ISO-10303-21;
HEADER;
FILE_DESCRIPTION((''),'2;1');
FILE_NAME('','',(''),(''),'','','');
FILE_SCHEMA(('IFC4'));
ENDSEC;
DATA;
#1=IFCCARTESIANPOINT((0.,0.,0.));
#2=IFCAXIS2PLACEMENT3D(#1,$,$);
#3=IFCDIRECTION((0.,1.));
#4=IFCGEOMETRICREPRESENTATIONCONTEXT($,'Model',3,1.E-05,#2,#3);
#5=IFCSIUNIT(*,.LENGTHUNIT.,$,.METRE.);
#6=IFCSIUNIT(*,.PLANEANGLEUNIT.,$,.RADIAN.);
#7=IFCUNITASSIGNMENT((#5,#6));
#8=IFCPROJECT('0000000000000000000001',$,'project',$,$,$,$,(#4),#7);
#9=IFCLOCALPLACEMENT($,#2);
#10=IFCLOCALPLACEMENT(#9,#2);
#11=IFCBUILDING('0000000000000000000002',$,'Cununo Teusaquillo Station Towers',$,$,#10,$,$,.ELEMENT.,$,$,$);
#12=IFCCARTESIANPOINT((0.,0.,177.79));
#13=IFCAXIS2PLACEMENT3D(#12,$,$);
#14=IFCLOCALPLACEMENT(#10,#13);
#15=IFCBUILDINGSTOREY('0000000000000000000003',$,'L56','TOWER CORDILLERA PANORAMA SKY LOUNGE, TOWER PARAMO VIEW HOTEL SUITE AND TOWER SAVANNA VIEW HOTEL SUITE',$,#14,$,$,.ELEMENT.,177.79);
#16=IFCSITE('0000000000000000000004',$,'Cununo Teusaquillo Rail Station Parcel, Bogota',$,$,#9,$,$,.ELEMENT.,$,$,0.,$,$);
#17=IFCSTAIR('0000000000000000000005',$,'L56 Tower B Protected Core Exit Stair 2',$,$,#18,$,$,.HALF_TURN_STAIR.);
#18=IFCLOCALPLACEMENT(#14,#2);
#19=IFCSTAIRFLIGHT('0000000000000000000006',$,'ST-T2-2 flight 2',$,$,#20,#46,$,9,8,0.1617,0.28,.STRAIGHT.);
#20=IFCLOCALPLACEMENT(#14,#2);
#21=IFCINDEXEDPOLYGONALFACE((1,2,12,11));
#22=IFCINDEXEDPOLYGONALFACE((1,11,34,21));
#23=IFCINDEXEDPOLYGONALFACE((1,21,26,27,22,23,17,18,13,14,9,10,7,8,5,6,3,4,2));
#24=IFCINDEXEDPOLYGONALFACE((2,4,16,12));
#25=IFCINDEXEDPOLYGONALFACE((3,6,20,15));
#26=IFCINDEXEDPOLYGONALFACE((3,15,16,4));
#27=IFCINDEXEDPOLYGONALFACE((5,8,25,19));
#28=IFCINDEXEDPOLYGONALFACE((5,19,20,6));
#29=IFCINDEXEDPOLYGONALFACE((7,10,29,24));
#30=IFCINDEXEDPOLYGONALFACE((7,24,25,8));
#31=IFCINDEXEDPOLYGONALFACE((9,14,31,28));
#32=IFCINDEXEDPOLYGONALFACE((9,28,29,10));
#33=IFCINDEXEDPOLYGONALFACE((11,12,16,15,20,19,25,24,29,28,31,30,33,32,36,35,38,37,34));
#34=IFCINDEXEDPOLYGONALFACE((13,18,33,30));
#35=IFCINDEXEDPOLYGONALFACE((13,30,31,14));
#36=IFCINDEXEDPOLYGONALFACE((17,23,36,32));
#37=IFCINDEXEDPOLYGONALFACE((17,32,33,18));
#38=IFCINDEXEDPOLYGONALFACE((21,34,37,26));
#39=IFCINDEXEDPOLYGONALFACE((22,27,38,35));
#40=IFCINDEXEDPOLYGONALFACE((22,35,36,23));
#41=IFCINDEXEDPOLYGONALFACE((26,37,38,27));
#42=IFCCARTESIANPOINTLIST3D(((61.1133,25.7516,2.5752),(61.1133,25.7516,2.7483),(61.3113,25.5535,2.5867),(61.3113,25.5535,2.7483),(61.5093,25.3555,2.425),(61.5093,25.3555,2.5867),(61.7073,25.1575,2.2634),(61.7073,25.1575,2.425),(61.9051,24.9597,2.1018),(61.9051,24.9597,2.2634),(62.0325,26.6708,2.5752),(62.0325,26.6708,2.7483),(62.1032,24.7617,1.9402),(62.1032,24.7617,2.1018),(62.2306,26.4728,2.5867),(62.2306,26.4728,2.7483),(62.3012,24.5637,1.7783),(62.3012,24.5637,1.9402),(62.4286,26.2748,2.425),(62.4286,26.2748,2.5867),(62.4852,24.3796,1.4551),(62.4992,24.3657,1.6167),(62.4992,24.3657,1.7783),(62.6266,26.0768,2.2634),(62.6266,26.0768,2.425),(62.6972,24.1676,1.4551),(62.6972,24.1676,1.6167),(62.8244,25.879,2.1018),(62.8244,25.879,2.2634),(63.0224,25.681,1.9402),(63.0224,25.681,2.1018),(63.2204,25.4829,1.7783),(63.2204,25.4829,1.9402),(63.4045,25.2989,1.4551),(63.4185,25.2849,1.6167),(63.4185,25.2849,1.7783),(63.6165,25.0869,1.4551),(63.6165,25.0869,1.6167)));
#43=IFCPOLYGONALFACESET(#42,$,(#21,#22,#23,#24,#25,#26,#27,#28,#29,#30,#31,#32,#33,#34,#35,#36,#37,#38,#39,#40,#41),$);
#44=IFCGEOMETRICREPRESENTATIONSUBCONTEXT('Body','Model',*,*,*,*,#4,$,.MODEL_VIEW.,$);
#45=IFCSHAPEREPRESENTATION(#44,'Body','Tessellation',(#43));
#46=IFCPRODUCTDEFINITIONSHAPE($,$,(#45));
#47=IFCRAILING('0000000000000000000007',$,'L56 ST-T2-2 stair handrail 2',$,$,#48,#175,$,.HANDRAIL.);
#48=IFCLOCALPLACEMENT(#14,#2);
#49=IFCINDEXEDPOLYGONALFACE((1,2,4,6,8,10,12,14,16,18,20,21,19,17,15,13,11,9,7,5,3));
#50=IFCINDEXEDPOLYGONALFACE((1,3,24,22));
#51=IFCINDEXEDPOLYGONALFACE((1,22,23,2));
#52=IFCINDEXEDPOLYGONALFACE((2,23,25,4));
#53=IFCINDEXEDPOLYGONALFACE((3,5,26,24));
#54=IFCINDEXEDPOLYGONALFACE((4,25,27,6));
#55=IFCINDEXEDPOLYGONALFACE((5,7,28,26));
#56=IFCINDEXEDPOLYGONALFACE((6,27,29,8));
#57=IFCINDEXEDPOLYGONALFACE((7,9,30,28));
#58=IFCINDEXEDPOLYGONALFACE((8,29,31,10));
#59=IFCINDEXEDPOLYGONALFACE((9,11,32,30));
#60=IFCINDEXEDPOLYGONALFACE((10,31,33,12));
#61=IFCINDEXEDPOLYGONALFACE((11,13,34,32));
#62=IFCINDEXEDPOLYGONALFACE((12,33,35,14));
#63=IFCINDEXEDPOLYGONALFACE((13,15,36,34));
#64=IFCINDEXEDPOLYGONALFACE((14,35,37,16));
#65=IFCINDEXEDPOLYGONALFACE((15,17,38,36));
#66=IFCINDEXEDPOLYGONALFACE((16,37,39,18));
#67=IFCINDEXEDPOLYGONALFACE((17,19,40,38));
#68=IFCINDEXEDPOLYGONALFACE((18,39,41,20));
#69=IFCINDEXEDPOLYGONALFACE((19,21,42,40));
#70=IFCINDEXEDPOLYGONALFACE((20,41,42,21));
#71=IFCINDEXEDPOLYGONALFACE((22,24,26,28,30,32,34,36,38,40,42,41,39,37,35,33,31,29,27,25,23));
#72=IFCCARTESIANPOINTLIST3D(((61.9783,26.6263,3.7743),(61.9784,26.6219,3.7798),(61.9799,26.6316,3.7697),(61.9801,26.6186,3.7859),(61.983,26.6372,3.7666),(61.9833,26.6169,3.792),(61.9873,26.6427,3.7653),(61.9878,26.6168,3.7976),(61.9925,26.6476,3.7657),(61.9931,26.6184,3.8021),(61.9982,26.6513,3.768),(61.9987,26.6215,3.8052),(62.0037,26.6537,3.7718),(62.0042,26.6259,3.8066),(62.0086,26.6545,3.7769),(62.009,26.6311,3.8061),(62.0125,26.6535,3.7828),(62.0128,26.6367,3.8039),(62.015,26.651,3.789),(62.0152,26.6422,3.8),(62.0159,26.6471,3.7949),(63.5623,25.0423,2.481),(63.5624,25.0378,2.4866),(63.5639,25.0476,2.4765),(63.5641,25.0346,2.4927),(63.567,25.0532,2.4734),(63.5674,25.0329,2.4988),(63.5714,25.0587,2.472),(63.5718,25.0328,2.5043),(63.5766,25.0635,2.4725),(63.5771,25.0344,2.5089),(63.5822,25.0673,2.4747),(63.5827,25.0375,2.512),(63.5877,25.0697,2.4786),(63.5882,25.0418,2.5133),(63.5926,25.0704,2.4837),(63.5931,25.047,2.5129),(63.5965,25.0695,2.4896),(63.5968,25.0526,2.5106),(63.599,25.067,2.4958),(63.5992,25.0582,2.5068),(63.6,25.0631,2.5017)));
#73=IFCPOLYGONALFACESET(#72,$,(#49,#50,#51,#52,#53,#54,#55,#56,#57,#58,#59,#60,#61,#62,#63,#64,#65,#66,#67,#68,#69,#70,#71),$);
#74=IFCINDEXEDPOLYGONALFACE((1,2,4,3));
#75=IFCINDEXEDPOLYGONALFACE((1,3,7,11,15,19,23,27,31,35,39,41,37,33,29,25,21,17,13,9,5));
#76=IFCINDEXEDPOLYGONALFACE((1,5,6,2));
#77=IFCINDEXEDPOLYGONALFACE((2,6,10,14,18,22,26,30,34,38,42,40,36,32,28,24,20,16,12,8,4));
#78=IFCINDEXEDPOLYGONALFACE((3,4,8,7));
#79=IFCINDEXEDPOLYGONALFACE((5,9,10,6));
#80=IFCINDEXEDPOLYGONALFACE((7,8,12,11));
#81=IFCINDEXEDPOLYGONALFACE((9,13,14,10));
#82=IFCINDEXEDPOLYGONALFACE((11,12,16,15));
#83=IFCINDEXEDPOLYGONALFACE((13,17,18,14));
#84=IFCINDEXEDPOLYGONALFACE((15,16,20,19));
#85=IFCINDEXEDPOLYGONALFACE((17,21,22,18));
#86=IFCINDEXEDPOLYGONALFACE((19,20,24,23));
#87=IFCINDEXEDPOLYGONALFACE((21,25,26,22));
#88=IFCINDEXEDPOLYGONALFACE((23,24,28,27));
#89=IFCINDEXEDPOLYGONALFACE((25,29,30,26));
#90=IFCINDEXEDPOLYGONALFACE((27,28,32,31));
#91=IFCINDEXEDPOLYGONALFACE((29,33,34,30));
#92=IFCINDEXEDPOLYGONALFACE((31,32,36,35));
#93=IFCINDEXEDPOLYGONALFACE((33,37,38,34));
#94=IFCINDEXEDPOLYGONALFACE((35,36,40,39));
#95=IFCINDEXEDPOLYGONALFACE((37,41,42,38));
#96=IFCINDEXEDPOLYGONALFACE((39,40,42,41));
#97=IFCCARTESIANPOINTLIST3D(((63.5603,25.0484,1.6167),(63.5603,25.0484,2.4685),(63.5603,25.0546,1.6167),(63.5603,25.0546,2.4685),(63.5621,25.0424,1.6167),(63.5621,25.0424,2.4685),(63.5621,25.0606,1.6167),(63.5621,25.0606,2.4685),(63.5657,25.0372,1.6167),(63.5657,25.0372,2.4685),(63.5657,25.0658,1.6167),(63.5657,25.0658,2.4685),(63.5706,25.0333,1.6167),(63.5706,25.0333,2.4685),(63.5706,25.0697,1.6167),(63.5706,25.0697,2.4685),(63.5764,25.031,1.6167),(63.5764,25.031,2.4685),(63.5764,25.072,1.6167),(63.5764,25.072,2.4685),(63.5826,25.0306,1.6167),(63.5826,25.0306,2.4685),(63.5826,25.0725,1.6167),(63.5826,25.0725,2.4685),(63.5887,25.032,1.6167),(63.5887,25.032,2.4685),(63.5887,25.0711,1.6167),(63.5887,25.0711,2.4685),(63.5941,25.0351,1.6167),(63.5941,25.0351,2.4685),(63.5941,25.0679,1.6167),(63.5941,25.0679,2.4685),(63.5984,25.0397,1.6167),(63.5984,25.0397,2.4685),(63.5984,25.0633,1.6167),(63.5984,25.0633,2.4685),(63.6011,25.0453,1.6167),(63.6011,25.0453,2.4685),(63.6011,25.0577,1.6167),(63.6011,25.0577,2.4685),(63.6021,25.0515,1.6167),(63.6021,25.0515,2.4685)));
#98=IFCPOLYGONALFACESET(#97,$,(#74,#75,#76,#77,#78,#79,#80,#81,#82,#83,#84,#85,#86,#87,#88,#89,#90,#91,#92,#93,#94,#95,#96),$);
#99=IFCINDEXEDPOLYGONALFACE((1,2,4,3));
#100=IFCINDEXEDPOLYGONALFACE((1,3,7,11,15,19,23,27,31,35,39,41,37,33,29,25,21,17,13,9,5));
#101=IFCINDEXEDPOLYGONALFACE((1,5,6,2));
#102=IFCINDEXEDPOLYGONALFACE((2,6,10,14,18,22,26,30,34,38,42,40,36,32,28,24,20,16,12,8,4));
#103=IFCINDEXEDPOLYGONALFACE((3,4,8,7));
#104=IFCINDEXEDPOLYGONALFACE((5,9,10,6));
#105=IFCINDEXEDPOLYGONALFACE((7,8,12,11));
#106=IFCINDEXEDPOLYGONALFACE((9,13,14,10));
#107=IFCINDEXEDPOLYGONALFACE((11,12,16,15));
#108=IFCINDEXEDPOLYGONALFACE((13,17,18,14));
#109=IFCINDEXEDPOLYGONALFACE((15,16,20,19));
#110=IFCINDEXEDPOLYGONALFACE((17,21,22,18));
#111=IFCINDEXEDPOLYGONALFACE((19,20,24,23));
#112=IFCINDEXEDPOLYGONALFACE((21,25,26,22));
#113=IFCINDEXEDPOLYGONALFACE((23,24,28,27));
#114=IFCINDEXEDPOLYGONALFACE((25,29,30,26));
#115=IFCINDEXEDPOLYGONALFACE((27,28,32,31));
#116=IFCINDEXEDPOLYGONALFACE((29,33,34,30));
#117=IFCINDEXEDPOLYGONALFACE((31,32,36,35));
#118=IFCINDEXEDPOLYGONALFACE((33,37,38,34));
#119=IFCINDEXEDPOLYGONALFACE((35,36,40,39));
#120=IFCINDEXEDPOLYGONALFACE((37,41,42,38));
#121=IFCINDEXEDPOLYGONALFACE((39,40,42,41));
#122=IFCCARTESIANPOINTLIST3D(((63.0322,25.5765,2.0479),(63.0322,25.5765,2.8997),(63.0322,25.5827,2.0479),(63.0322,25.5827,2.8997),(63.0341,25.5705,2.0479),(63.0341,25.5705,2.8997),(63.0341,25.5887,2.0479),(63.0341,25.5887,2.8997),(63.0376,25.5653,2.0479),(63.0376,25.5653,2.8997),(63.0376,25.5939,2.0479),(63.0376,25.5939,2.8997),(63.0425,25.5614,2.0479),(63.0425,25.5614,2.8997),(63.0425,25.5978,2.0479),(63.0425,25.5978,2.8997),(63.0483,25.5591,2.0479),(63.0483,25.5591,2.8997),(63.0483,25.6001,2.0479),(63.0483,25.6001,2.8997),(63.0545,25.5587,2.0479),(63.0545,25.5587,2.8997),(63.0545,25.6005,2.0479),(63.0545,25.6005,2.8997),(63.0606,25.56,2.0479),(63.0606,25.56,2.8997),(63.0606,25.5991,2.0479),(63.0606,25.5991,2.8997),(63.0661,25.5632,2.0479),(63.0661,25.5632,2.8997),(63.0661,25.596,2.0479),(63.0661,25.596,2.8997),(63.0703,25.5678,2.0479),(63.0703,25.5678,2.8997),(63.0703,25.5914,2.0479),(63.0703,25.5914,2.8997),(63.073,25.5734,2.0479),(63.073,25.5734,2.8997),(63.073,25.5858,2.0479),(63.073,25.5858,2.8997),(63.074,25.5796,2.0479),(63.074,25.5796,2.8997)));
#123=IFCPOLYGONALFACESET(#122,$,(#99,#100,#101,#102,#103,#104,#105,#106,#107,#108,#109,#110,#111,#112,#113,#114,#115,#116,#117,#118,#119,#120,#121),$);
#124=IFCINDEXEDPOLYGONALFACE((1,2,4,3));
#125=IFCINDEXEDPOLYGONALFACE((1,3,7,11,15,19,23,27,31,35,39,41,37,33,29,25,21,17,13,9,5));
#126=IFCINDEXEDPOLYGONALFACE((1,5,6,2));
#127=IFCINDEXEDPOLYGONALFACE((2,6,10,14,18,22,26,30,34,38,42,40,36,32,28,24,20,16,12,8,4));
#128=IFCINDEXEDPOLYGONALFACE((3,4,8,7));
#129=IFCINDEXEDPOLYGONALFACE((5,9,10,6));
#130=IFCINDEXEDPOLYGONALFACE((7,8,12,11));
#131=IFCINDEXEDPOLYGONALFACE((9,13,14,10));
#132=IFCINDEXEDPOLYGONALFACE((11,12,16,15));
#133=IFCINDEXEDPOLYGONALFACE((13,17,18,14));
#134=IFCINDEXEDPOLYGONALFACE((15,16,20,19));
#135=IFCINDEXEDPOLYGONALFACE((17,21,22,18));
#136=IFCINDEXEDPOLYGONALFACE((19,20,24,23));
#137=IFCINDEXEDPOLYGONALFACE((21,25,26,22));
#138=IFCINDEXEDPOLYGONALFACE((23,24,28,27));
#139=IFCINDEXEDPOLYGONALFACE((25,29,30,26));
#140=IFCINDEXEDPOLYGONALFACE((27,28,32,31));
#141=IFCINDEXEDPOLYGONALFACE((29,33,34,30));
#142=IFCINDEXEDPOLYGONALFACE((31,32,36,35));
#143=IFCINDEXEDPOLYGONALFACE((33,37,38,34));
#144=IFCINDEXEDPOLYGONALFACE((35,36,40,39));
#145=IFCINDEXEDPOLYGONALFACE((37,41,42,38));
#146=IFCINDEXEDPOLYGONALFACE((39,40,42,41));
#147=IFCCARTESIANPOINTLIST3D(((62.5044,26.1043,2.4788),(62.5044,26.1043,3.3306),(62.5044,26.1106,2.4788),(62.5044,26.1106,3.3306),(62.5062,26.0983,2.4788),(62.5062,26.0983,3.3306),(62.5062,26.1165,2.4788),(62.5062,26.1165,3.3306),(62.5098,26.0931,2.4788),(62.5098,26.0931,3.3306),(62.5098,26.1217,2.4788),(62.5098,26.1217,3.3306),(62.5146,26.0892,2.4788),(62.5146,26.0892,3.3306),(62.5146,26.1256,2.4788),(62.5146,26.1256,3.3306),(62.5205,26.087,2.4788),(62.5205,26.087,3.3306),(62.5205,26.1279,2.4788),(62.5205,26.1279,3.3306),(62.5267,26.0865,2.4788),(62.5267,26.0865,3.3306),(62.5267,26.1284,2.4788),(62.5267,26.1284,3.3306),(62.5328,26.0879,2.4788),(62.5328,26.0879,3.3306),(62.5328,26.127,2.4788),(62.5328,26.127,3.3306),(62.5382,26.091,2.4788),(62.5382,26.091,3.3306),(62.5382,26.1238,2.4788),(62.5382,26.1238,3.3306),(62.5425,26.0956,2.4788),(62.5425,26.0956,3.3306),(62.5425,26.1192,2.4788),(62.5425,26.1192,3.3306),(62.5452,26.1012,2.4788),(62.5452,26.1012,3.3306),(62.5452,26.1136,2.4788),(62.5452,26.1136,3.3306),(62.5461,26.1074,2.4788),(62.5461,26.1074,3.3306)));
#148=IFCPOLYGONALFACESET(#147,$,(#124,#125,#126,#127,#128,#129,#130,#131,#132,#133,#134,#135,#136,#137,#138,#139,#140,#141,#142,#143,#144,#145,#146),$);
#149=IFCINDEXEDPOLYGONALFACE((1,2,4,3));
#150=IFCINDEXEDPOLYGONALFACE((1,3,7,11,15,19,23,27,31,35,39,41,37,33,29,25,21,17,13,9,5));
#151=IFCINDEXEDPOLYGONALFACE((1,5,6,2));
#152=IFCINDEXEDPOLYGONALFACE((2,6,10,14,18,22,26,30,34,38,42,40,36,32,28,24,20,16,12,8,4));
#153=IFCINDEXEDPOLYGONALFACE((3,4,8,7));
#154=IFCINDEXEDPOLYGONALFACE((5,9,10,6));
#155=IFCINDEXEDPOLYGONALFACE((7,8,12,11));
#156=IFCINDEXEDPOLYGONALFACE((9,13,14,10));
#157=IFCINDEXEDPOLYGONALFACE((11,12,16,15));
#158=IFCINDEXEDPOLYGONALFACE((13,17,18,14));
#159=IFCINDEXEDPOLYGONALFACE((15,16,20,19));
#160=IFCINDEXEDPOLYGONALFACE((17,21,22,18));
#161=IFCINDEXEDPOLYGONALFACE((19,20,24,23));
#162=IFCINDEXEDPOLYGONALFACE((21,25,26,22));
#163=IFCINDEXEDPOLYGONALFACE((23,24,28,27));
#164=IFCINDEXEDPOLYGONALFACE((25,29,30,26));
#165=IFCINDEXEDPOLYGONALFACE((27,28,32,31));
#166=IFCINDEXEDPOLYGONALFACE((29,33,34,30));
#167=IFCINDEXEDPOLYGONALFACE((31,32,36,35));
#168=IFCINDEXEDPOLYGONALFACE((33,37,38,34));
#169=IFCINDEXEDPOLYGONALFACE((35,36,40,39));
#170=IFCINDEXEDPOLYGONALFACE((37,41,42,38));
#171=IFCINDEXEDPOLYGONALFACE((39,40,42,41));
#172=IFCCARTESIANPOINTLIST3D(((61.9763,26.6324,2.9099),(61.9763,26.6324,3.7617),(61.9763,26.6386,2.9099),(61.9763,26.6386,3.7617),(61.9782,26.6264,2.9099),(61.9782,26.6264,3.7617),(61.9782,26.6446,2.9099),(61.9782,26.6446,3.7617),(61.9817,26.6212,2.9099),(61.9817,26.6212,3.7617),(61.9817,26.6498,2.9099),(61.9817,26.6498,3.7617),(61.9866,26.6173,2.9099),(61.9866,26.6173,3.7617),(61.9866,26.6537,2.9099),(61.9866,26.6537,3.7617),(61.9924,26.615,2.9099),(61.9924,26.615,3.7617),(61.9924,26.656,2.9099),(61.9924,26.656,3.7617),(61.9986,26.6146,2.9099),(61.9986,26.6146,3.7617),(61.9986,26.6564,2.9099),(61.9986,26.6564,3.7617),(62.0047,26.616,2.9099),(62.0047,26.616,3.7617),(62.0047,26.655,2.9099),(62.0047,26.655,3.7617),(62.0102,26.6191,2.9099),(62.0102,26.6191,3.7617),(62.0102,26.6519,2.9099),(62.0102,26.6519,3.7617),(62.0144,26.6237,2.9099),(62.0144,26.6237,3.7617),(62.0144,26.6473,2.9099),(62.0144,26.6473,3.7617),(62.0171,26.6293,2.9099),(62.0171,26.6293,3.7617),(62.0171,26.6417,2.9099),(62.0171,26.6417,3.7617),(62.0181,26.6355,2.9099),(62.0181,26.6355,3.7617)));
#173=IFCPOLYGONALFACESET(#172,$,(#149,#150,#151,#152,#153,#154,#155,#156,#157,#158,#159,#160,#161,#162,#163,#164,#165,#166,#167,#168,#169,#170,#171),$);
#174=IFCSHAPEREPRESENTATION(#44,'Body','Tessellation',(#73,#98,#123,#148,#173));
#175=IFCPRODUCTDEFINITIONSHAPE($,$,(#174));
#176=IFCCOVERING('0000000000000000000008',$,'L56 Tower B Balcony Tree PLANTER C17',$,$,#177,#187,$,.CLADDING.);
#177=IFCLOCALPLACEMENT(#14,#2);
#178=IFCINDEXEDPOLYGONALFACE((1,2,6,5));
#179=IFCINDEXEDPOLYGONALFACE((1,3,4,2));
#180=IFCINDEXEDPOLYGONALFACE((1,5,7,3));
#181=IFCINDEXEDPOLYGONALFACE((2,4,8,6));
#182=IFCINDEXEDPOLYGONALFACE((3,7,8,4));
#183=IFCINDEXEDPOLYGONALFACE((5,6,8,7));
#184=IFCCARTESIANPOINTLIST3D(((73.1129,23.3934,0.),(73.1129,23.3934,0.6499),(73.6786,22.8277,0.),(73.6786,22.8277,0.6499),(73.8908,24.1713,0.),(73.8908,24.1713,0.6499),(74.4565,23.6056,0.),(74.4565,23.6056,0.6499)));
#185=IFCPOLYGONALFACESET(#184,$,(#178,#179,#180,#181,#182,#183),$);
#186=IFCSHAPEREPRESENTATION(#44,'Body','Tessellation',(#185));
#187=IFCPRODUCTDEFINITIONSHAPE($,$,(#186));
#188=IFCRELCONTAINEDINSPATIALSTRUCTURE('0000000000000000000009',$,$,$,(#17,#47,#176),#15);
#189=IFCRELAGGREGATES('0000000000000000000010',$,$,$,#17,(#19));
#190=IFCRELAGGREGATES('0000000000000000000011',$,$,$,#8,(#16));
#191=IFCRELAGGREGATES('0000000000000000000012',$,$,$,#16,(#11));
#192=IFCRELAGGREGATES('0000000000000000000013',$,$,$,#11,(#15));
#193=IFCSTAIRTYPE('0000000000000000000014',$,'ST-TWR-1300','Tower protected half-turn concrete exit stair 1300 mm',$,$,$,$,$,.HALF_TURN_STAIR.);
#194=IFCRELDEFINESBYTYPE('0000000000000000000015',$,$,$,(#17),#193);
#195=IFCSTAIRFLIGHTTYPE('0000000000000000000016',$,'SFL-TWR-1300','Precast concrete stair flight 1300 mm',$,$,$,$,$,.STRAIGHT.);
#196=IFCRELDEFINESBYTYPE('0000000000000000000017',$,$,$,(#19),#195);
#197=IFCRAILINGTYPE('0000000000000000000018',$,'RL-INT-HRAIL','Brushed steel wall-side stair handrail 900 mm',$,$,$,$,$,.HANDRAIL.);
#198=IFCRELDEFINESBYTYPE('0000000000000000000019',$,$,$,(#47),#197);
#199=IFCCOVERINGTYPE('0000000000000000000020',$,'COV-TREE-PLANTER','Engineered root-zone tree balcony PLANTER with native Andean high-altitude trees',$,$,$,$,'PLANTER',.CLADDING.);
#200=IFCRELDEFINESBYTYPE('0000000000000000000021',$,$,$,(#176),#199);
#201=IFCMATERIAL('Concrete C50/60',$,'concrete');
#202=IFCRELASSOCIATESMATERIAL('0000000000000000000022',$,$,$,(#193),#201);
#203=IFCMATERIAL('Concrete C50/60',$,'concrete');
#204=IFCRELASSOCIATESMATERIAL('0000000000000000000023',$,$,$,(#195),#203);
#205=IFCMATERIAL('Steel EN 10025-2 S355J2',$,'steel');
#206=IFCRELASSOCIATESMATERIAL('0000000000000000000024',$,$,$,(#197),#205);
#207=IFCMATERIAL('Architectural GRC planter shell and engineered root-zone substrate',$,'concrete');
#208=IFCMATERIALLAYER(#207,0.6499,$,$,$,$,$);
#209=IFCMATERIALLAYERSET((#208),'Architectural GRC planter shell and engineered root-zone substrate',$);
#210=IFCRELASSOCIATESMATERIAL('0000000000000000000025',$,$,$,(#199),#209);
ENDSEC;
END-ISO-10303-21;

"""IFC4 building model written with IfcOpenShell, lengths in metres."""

from ifc_helpers import new_model, si_unit, direction, frame, origin, origin_2d, place, context, subcontext, project, spatial, polyline, rectangle, circle, outline, extrude, source, transform, mapped, material, layer, layer_set, type_object, element, aggregate, save


model = new_model("IFC4")

# Units and contexts
model_context = context("Model", 3, precision=1e-05, world=origin(), true_north=direction((0.0, 1.0)))
body_context = subcontext(model_context, "Body", "Model", "MODEL_VIEW")
ifc_project = project(units=[si_unit("LENGTHUNIT", "METRE"), si_unit("PLANEANGLEUNIT", "RADIAN")], contexts=[model_context])

# Site, building, storey
site_placement = place(None, origin())
site = spatial("IfcSite", under=ifc_project, at=site_placement, Name="Cununo Teusaquillo Rail Station Parcel, Bogota", CompositionType="ELEMENT", RefElevation=0.0)
building_placement = place(site_placement, origin())
building = spatial("IfcBuilding", under=site, at=building_placement, Name="Cununo Teusaquillo Station Towers", CompositionType="ELEMENT")
storey_placement = place(building_placement, frame((0.0, 0.0, 177.79)))
storey = spatial("IfcBuildingStorey", under=building, at=storey_placement, Name="L56", Description="TOWER CORDILLERA PANORAMA SKY LOUNGE, TOWER PARAMO VIEW HOTEL SUITE AND TOWER SAVANNA VIEW HOTEL SUITE", CompositionType="ELEMENT", Elevation=177.79)

# Stair, stair flight
ifc_material_1 = material(Name="Concrete C50/60", Category="concrete")
stair_type = type_object("IfcStairType", Name="ST-TWR-1300", Description="Tower protected half-turn concrete exit stair 1300 mm", PredefinedType="HALF_TURN_STAIR", material=ifc_material_1)
stair_placement = place(storey_placement, origin())
stair = element("IfcStair", 1, at=stair_placement, inside=storey, type_object=stair_type, Name="L56 Tower B Protected Core Exit Stair 2", PredefinedType="HALF_TURN_STAIR")
ifc_material_2 = material(Name="Concrete C50/60", Category="concrete")
stair_flight_type = type_object("IfcStairFlightType", Name="SFL-TWR-1300", Description="Precast concrete stair flight 1300 mm", PredefinedType="STRAIGHT", material=ifc_material_2)
stair_flight_placement = place(storey_placement, frame((63.1567, 24.6272, 1.4551), z_axis=(0.0, 0.0, 1.0), x_axis=(-0.707107, 0.707107, 0.0)))
stair_flight = element("IfcStairFlight", 2, at=stair_flight_placement, type_object=stair_flight_type, Name="ST-T2-2 flight 2", NumberOfRisers=9, NumberOfTreads=8, PredefinedType="STRAIGHT", RiserHeight=0.1617, TreadLength=0.28, context=body_context, shape_type="SweptSolid", body=[
    extrude(outline(polyline([(0.0, 0.0), (0.0, 0.1616), (0.28, 0.1616), (0.28, 0.3232), (0.5601, 0.3232), (0.5601, 0.4851), (0.8401, 0.4851), (0.8401, 0.6467), (1.1201, 0.6467), (1.1201, 0.8083), (1.3999, 0.8083), (1.3999, 0.97), (1.6799, 0.97), (1.6799, 1.1316), (1.96, 1.1316), (1.96, 1.2932), (2.24, 1.2932), (2.24, 1.4551), (2.24, 1.1201), (0.2998, 0.0), (0.0, 0.0)])), frame((0.0, 0.6499, 0.0), z_axis=(0.0, -1.0, 0.0), x_axis=(1.0, 0.0, 0.0)), (0.0, 0.0, 1.0), 1.3),
])
aggregate(stair, [stair_flight])

# Railing
ifc_material_3 = material(Name="Steel EN 10025-2 S355J2", Category="steel")
railing_type_1 = type_object("IfcRailingType", Name="RL-INT-HRAIL", Description="Brushed steel wall-side stair handrail 900 mm", PredefinedType="HANDRAIL", material=ifc_material_3)
railing_1_placement = place(storey_placement, frame((63.5811, 25.0515, 1.6167)))
element("IfcRailing", 3, at=railing_1_placement, inside=storey, type_object=railing_type_1, Name="L56 ST-T2-2 stair handrail 2", PredefinedType="HANDRAIL", context=body_context, shape_type="SweptSolid", body=[
    extrude(circle(Radius=0.0239, at=origin_2d()), frame((0.0, 0.0, 0.876), z_axis=(-0.612385, 0.612385, 0.49997), x_axis=(-0.707107, -0.707107, 0.0)), (0.0, 0.0, 1.0), 2.5867),
    extrude(circle(Radius=0.021, at=origin_2d()), origin(), (0.0, 0.0, 1.0), 0.8518),
    extrude(circle(Radius=0.021, at=origin_2d()), frame((-0.5281, 0.5281, 0.4312)), (0.0, 0.0, 1.0), 0.8518),
    extrude(circle(Radius=0.021, at=origin_2d()), frame((-1.0559, 1.0559, 0.8621)), (0.0, 0.0, 1.0), 0.8518),
    extrude(circle(Radius=0.021, at=origin_2d()), frame((-1.584, 1.584, 1.2932)), (0.0, 0.0, 1.0), 0.8518),
])

# Covering
ifc_material_4 = material(Name="Architectural GRC planter shell and engineered root-zone substrate", Category="concrete")
ifc_layer_1 = layer(ifc_material_4, 0.6499)
ifc_layer_set_1 = layer_set([ifc_layer_1], Name="Architectural GRC planter shell and engineered root-zone substrate")
covering_type = type_object("IfcCoveringType", Name="COV-TREE-PLANTER", Description="Engineered root-zone tree balcony PLANTER with native Andean high-altitude trees", ElementType="PLANTER", PredefinedType="CLADDING", material=ifc_layer_set_1)
shared_shape_1 = source(origin(), body_context, "Body", "SweptSolid", [
    extrude(rectangle(XDim=1.1001, YDim=0.8, at=origin_2d()), origin(), (0.0, 0.0, 1.0), 0.6499),
])
covering_placement = place(storey_placement, frame((73.7847, 23.4995, 0.0), z_axis=(0.0, 0.0, 1.0), x_axis=(0.707107, 0.707107, 0.0)))
element("IfcCovering", 4, at=covering_placement, inside=storey, type_object=covering_type, Name="L56 Tower B Balcony Tree PLANTER C17", PredefinedType="CLADDING", context=body_context, shape_type="MappedRepresentation", body=[
    mapped(shared_shape_1, transform((0.0, 0.0, 0.0), x_axis=(1.0, 0.0, 0.0), y_axis=(0.0, 1.0, 0.0), z_axis=(0.0, 0.0, 1.0), scale=1.0)),
])

save(model, "model.ifc")
